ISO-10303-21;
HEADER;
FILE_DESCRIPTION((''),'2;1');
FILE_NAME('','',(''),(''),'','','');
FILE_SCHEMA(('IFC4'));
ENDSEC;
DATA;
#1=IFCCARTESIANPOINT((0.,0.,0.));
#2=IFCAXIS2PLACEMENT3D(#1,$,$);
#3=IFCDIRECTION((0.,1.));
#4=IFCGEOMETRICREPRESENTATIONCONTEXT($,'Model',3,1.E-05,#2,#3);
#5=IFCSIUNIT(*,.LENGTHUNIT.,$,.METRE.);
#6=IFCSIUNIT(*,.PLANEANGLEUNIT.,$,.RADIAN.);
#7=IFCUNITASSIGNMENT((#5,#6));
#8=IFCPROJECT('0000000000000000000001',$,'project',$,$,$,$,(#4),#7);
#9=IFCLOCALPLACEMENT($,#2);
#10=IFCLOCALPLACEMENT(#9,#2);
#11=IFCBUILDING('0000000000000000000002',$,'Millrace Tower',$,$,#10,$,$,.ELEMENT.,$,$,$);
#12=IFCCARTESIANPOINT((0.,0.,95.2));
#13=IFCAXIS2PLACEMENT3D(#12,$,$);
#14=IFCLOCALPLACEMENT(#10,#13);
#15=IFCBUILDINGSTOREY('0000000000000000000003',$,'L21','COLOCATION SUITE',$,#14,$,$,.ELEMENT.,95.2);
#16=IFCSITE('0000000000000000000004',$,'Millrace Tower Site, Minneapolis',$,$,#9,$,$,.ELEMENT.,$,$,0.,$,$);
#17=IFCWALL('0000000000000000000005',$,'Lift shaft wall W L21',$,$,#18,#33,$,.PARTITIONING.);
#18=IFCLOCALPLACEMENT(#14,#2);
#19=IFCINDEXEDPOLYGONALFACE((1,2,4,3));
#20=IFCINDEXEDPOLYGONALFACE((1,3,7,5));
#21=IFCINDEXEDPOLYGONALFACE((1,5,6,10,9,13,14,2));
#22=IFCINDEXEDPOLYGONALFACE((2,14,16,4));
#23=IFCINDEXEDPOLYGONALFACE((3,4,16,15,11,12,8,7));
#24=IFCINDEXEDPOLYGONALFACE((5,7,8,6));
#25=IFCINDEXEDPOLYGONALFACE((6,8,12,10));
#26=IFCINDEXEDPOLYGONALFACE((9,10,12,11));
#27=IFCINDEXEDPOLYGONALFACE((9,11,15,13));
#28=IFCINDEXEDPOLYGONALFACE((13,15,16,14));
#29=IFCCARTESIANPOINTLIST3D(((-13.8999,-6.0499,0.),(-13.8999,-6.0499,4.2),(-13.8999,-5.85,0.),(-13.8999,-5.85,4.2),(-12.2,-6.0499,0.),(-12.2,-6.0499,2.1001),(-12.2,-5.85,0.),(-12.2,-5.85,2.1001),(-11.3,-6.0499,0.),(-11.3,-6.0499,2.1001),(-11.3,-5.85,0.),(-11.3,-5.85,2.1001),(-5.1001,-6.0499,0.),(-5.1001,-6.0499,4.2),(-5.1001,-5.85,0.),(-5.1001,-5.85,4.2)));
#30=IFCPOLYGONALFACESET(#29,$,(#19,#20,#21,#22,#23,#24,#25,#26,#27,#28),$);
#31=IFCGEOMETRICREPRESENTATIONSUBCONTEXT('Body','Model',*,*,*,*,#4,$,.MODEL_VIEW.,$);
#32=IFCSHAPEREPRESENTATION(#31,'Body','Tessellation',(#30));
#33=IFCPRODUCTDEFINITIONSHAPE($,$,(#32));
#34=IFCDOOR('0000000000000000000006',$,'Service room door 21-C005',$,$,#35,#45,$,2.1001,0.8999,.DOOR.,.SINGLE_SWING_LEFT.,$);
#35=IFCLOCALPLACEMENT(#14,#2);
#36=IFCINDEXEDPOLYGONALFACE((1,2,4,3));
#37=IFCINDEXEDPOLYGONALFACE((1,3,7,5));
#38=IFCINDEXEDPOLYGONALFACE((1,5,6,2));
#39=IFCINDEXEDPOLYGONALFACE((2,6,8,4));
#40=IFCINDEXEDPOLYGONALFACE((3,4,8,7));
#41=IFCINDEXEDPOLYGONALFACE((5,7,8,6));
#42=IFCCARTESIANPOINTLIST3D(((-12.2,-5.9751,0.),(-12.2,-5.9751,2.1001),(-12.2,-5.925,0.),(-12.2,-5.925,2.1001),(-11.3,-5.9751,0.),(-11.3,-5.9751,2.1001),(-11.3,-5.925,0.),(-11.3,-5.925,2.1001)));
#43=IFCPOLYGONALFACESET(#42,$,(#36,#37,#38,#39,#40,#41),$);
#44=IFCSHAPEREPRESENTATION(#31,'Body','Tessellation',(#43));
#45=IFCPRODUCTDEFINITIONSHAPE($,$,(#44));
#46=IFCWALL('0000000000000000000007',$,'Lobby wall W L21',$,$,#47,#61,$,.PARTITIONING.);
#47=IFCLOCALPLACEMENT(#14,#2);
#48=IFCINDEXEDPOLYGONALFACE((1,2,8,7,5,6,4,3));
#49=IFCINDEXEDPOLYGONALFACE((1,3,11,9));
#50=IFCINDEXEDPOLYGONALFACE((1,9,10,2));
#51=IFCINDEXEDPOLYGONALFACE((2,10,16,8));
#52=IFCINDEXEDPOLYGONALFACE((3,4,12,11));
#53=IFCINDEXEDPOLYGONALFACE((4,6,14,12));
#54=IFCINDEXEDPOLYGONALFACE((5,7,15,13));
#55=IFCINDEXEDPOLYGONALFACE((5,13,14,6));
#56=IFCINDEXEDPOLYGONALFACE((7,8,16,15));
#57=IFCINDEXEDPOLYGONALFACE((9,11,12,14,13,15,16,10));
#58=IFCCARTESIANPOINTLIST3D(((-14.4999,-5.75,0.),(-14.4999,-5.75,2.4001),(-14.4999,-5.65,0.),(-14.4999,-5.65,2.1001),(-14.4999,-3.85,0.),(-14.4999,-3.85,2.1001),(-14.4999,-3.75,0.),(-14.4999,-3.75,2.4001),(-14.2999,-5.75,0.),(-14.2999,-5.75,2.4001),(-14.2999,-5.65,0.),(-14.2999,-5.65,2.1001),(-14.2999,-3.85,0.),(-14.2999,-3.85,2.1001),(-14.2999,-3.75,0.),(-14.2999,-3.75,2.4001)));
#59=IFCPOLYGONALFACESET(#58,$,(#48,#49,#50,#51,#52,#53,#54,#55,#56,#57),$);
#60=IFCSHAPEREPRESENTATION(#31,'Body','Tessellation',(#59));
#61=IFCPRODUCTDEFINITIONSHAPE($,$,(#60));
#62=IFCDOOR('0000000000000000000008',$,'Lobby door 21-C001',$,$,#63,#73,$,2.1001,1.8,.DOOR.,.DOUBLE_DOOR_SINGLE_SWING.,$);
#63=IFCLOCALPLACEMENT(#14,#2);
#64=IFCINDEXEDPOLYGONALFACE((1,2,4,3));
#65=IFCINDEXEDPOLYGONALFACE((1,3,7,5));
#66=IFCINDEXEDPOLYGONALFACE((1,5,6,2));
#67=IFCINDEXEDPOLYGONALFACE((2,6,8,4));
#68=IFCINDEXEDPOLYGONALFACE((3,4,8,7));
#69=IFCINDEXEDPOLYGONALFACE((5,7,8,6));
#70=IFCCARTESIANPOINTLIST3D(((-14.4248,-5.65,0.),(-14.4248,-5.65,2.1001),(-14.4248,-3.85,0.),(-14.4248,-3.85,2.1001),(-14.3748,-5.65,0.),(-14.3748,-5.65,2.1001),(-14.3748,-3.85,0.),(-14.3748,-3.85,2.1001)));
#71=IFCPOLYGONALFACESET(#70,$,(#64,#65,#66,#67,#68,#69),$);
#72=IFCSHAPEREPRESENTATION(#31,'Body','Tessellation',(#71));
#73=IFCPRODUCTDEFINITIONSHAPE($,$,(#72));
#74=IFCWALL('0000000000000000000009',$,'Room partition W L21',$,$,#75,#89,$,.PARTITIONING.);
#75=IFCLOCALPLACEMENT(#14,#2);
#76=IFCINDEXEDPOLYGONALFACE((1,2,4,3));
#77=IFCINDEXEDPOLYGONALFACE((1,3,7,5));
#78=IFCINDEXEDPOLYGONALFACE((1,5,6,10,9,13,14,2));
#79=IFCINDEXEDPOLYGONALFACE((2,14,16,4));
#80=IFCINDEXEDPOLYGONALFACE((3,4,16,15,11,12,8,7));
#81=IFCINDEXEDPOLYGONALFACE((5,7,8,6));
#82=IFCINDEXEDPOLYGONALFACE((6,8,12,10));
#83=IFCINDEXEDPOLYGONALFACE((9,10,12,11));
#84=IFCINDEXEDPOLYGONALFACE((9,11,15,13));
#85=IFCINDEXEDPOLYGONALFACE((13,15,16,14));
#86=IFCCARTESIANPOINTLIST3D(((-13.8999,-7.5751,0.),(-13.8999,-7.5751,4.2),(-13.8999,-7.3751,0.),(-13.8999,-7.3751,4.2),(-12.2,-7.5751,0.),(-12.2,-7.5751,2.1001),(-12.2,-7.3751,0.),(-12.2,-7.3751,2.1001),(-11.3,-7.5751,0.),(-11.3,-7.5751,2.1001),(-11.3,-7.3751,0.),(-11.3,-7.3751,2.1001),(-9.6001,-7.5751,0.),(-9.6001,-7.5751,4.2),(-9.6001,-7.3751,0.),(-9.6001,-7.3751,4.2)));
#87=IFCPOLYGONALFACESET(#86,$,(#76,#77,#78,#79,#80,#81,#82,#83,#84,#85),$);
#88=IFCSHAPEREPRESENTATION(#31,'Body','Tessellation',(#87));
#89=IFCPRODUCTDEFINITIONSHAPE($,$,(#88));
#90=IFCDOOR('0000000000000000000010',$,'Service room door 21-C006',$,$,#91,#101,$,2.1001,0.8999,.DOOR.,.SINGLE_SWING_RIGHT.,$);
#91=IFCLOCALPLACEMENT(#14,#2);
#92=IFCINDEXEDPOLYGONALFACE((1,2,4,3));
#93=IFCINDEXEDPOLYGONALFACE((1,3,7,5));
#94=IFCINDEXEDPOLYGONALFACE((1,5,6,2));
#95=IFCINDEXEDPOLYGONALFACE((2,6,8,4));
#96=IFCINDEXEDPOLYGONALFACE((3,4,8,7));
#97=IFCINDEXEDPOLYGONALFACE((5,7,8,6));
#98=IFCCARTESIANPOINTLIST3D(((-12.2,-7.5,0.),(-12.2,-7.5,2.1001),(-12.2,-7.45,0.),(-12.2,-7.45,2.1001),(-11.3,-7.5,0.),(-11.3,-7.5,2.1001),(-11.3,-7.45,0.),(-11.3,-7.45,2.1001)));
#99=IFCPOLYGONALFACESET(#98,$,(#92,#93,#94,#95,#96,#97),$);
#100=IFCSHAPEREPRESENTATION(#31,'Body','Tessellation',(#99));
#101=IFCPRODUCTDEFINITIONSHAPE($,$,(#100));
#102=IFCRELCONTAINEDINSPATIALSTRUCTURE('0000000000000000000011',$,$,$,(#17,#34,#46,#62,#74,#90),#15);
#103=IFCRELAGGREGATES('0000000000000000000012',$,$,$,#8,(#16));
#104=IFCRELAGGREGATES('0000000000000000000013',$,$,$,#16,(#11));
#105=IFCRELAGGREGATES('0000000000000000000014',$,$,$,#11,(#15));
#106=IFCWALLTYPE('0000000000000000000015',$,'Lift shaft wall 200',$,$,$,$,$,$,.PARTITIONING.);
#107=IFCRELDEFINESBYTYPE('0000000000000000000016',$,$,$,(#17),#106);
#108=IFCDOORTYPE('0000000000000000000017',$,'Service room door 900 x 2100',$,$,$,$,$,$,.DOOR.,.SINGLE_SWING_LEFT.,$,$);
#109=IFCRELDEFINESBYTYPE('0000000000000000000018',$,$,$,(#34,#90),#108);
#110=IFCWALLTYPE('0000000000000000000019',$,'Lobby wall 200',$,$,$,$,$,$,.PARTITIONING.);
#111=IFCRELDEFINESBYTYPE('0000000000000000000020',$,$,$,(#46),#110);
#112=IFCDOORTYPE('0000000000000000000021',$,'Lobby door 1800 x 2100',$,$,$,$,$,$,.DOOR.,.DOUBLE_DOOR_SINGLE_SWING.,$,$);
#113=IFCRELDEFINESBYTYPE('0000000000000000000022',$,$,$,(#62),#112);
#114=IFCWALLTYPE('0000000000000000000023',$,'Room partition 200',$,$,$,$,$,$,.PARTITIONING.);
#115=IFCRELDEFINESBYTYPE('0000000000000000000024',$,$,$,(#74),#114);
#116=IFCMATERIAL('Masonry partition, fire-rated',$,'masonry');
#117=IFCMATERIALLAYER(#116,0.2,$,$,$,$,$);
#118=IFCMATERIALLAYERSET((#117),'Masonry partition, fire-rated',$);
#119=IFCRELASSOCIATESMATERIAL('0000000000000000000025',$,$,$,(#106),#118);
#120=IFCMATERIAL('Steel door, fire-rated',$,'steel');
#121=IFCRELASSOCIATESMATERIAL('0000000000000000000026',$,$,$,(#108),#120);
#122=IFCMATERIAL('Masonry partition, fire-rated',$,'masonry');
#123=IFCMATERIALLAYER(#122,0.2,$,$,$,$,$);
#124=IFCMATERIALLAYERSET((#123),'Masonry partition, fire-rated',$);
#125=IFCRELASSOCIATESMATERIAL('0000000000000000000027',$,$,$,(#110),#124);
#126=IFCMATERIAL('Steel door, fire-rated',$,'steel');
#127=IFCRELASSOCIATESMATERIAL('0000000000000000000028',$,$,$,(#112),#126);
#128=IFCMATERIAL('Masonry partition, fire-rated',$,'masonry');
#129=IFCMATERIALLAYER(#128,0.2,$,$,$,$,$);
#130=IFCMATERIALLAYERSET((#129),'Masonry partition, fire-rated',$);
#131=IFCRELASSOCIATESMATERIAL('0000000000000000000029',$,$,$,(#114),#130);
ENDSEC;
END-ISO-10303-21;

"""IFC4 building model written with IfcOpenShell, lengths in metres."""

from ifc_helpers import new_model, si_unit, direction, frame, frame_2d, origin, place, context, subcontext, project, spatial, rectangle, extrude, material, layer, layer_set, type_object, element, fill, save


model = new_model("IFC4")

# Units and contexts
model_context = context("Model", 3, precision=1e-05, world=origin(), true_north=direction((0.0, 1.0)))
body_context = subcontext(model_context, "Body", "Model", "MODEL_VIEW")
ifc_project = project(units=[si_unit("LENGTHUNIT", "METRE"), si_unit("PLANEANGLEUNIT", "RADIAN")], contexts=[model_context])

# Site, building, storey
site_placement = place(None, origin())
site = spatial("IfcSite", under=ifc_project, at=site_placement, Name="Millrace Tower Site, Minneapolis", CompositionType="ELEMENT", RefElevation=0.0)
building_placement = place(site_placement, origin())
building = spatial("IfcBuilding", under=site, at=building_placement, Name="Millrace Tower", CompositionType="ELEMENT")
storey_placement = place(building_placement, frame((0.0, 0.0, 95.2)))
storey = spatial("IfcBuildingStorey", under=building, at=storey_placement, Name="L21", Description="COLOCATION SUITE", CompositionType="ELEMENT", Elevation=95.2)

# Walls, openings, doors
ifc_material_1 = material(Name="Masonry partition, fire-rated", Category="masonry")
ifc_layer_1 = layer(ifc_material_1, 0.2)
ifc_layer_set_1 = layer_set([ifc_layer_1], Name="Masonry partition, fire-rated")
wall_type_1 = type_object("IfcWallType", Name="Lift shaft wall 200", PredefinedType="PARTITIONING", material=ifc_layer_set_1)
wall_1_placement = place(storey_placement, frame((-13.8999, -5.95, 0.0), z_axis=(0.0, 0.0, 1.0), x_axis=(1.0, 0.0, 0.0)))
wall_1 = element("IfcWall", 1, at=wall_1_placement, inside=storey, type_object=wall_type_1, Name="Lift shaft wall W L21", PredefinedType="PARTITIONING", context=body_context, shape_type="SweptSolid", body=[
    extrude(rectangle(XDim=8.7998, YDim=0.2, at=frame_2d((4.3999, 0.0))), origin(), (0.0, 0.0, 1.0), 4.2),
])
opening_1_placement = place(wall_1_placement, frame((1.7, 0.0, 0.0)))
opening_1 = element("IfcOpeningElement", 2, at=opening_1_placement, cuts=wall_1, PredefinedType="OPENING", context=body_context, shape_type="SweptSolid", body=[
    extrude(rectangle(XDim=0.8999, YDim=2.1001, at=frame_2d((0.45, 1.05))), frame((0.0, 0.1099, 0.0), z_axis=(0.0, -1.0, 0.0), x_axis=(1.0, 0.0, 0.0)), (0.0, 0.0, 1.0), 0.22),
])
ifc_material_2 = material(Name="Steel door, fire-rated", Category="steel")
door_type_1 = type_object("IfcDoorType", Name="Service room door 900 x 2100", OperationType="SINGLE_SWING_LEFT", PredefinedType="DOOR", material=ifc_material_2)
door_1_placement = place(opening_1_placement, origin())
door_1 = element("IfcDoor", 3, at=door_1_placement, inside=storey, type_object=door_type_1, Name="Service room door 21-C005", OperationType="SINGLE_SWING_LEFT", OverallHeight=2.1001, OverallWidth=0.8999, PredefinedType="DOOR", context=body_context, shape_type="SweptSolid", body=[
    extrude(rectangle(XDim=0.8999, YDim=2.1001, at=frame_2d((0.45, 1.05))), frame((0.0, 0.0249, 0.0), z_axis=(0.0, -1.0, 0.0), x_axis=(1.0, 0.0, 0.0)), (0.0, 0.0, 1.0), 0.05),
])
fill(opening_1, door_1)
ifc_material_3 = material(Name="Masonry partition, fire-rated", Category="masonry")
ifc_layer_2 = layer(ifc_material_3, 0.2)
ifc_layer_set_2 = layer_set([ifc_layer_2], Name="Masonry partition, fire-rated")
wall_type_2 = type_object("IfcWallType", Name="Lobby wall 200", PredefinedType="PARTITIONING", material=ifc_layer_set_2)
wall_2_placement = place(storey_placement, frame((-14.3999, -5.75, 0.0), z_axis=(0.0, 0.0, 1.0), x_axis=(0.0, 1.0, 0.0)))
wall_2 = element("IfcWall", 4, at=wall_2_placement, inside=storey, type_object=wall_type_2, Name="Lobby wall W L21", PredefinedType="PARTITIONING", context=body_context, shape_type="SweptSolid", body=[
    extrude(rectangle(XDim=2.0, YDim=0.2, at=frame_2d((1.0, 0.0))), origin(), (0.0, 0.0, 1.0), 2.4001),
])
opening_2_placement = place(wall_2_placement, frame((0.1001, 0.0, 0.0)))
opening_2 = element("IfcOpeningElement", 5, at=opening_2_placement, cuts=wall_2, PredefinedType="OPENING", context=body_context, shape_type="SweptSolid", body=[
    extrude(rectangle(XDim=1.8, YDim=2.1001, at=frame_2d((0.8999, 1.05))), frame((0.0, 0.1099, 0.0), z_axis=(0.0, -1.0, 0.0), x_axis=(1.0, 0.0, 0.0)), (0.0, 0.0, 1.0), 0.22),
])
ifc_material_4 = material(Name="Steel door, fire-rated", Category="steel")
door_type_2 = type_object("IfcDoorType", Name="Lobby door 1800 x 2100", OperationType="DOUBLE_DOOR_SINGLE_SWING", PredefinedType="DOOR", material=ifc_material_4)
door_2_placement = place(opening_2_placement, origin())
door_2 = element("IfcDoor", 6, at=door_2_placement, inside=storey, type_object=door_type_2, Name="Lobby door 21-C001", OperationType="DOUBLE_DOOR_SINGLE_SWING", OverallHeight=2.1001, OverallWidth=1.8, PredefinedType="DOOR", context=body_context, shape_type="SweptSolid", body=[
    extrude(rectangle(XDim=1.8, YDim=2.1001, at=frame_2d((0.8999, 1.05))), frame((0.0, 0.0249, 0.0), z_axis=(0.0, -1.0, 0.0), x_axis=(1.0, 0.0, 0.0)), (0.0, 0.0, 1.0), 0.05),
])
fill(opening_2, door_2)
ifc_material_5 = material(Name="Masonry partition, fire-rated", Category="masonry")
ifc_layer_3 = layer(ifc_material_5, 0.2)
ifc_layer_set_3 = layer_set([ifc_layer_3], Name="Masonry partition, fire-rated")
wall_type_3 = type_object("IfcWallType", Name="Room partition 200", PredefinedType="PARTITIONING", material=ifc_layer_set_3)
wall_3_placement = place(storey_placement, frame((-13.8999, -7.4751, 0.0), z_axis=(0.0, 0.0, 1.0), x_axis=(1.0, 0.0, 0.0)))
wall_3 = element("IfcWall", 7, at=wall_3_placement, inside=storey, type_object=wall_type_3, Name="Room partition W L21", PredefinedType="PARTITIONING", context=body_context, shape_type="SweptSolid", body=[
    extrude(rectangle(XDim=4.2998, YDim=0.2, at=frame_2d((2.1499, 0.0))), origin(), (0.0, 0.0, 1.0), 4.2),
])
opening_3_placement = place(wall_3_placement, frame((1.7, 0.0, 0.0)))
opening_3 = element("IfcOpeningElement", 8, at=opening_3_placement, cuts=wall_3, PredefinedType="OPENING", context=body_context, shape_type="SweptSolid", body=[
    extrude(rectangle(XDim=0.8999, YDim=2.1001, at=frame_2d((0.45, 1.05))), frame((0.0, 0.1099, 0.0), z_axis=(0.0, -1.0, 0.0), x_axis=(1.0, 0.0, 0.0)), (0.0, 0.0, 1.0), 0.22),
])
door_3_placement = place(opening_3_placement, frame((0.8999, 0.0, 0.0), z_axis=(0.0, 0.0, 1.0), x_axis=(-1.0, 0.0, 0.0)))
door_3 = element("IfcDoor", 9, at=door_3_placement, inside=storey, type_object=door_type_1, Name="Service room door 21-C006", OperationType="SINGLE_SWING_RIGHT", OverallHeight=2.1001, OverallWidth=0.8999, PredefinedType="DOOR", context=body_context, shape_type="SweptSolid", body=[
    extrude(rectangle(XDim=0.8999, YDim=2.1001, at=frame_2d((0.45, 1.05))), frame((0.0, 0.0249, 0.0), z_axis=(0.0, -1.0, 0.0), x_axis=(1.0, 0.0, 0.0)), (0.0, 0.0, 1.0), 0.05),
])
fill(opening_3, door_3)

save(model, "model.ifc")
